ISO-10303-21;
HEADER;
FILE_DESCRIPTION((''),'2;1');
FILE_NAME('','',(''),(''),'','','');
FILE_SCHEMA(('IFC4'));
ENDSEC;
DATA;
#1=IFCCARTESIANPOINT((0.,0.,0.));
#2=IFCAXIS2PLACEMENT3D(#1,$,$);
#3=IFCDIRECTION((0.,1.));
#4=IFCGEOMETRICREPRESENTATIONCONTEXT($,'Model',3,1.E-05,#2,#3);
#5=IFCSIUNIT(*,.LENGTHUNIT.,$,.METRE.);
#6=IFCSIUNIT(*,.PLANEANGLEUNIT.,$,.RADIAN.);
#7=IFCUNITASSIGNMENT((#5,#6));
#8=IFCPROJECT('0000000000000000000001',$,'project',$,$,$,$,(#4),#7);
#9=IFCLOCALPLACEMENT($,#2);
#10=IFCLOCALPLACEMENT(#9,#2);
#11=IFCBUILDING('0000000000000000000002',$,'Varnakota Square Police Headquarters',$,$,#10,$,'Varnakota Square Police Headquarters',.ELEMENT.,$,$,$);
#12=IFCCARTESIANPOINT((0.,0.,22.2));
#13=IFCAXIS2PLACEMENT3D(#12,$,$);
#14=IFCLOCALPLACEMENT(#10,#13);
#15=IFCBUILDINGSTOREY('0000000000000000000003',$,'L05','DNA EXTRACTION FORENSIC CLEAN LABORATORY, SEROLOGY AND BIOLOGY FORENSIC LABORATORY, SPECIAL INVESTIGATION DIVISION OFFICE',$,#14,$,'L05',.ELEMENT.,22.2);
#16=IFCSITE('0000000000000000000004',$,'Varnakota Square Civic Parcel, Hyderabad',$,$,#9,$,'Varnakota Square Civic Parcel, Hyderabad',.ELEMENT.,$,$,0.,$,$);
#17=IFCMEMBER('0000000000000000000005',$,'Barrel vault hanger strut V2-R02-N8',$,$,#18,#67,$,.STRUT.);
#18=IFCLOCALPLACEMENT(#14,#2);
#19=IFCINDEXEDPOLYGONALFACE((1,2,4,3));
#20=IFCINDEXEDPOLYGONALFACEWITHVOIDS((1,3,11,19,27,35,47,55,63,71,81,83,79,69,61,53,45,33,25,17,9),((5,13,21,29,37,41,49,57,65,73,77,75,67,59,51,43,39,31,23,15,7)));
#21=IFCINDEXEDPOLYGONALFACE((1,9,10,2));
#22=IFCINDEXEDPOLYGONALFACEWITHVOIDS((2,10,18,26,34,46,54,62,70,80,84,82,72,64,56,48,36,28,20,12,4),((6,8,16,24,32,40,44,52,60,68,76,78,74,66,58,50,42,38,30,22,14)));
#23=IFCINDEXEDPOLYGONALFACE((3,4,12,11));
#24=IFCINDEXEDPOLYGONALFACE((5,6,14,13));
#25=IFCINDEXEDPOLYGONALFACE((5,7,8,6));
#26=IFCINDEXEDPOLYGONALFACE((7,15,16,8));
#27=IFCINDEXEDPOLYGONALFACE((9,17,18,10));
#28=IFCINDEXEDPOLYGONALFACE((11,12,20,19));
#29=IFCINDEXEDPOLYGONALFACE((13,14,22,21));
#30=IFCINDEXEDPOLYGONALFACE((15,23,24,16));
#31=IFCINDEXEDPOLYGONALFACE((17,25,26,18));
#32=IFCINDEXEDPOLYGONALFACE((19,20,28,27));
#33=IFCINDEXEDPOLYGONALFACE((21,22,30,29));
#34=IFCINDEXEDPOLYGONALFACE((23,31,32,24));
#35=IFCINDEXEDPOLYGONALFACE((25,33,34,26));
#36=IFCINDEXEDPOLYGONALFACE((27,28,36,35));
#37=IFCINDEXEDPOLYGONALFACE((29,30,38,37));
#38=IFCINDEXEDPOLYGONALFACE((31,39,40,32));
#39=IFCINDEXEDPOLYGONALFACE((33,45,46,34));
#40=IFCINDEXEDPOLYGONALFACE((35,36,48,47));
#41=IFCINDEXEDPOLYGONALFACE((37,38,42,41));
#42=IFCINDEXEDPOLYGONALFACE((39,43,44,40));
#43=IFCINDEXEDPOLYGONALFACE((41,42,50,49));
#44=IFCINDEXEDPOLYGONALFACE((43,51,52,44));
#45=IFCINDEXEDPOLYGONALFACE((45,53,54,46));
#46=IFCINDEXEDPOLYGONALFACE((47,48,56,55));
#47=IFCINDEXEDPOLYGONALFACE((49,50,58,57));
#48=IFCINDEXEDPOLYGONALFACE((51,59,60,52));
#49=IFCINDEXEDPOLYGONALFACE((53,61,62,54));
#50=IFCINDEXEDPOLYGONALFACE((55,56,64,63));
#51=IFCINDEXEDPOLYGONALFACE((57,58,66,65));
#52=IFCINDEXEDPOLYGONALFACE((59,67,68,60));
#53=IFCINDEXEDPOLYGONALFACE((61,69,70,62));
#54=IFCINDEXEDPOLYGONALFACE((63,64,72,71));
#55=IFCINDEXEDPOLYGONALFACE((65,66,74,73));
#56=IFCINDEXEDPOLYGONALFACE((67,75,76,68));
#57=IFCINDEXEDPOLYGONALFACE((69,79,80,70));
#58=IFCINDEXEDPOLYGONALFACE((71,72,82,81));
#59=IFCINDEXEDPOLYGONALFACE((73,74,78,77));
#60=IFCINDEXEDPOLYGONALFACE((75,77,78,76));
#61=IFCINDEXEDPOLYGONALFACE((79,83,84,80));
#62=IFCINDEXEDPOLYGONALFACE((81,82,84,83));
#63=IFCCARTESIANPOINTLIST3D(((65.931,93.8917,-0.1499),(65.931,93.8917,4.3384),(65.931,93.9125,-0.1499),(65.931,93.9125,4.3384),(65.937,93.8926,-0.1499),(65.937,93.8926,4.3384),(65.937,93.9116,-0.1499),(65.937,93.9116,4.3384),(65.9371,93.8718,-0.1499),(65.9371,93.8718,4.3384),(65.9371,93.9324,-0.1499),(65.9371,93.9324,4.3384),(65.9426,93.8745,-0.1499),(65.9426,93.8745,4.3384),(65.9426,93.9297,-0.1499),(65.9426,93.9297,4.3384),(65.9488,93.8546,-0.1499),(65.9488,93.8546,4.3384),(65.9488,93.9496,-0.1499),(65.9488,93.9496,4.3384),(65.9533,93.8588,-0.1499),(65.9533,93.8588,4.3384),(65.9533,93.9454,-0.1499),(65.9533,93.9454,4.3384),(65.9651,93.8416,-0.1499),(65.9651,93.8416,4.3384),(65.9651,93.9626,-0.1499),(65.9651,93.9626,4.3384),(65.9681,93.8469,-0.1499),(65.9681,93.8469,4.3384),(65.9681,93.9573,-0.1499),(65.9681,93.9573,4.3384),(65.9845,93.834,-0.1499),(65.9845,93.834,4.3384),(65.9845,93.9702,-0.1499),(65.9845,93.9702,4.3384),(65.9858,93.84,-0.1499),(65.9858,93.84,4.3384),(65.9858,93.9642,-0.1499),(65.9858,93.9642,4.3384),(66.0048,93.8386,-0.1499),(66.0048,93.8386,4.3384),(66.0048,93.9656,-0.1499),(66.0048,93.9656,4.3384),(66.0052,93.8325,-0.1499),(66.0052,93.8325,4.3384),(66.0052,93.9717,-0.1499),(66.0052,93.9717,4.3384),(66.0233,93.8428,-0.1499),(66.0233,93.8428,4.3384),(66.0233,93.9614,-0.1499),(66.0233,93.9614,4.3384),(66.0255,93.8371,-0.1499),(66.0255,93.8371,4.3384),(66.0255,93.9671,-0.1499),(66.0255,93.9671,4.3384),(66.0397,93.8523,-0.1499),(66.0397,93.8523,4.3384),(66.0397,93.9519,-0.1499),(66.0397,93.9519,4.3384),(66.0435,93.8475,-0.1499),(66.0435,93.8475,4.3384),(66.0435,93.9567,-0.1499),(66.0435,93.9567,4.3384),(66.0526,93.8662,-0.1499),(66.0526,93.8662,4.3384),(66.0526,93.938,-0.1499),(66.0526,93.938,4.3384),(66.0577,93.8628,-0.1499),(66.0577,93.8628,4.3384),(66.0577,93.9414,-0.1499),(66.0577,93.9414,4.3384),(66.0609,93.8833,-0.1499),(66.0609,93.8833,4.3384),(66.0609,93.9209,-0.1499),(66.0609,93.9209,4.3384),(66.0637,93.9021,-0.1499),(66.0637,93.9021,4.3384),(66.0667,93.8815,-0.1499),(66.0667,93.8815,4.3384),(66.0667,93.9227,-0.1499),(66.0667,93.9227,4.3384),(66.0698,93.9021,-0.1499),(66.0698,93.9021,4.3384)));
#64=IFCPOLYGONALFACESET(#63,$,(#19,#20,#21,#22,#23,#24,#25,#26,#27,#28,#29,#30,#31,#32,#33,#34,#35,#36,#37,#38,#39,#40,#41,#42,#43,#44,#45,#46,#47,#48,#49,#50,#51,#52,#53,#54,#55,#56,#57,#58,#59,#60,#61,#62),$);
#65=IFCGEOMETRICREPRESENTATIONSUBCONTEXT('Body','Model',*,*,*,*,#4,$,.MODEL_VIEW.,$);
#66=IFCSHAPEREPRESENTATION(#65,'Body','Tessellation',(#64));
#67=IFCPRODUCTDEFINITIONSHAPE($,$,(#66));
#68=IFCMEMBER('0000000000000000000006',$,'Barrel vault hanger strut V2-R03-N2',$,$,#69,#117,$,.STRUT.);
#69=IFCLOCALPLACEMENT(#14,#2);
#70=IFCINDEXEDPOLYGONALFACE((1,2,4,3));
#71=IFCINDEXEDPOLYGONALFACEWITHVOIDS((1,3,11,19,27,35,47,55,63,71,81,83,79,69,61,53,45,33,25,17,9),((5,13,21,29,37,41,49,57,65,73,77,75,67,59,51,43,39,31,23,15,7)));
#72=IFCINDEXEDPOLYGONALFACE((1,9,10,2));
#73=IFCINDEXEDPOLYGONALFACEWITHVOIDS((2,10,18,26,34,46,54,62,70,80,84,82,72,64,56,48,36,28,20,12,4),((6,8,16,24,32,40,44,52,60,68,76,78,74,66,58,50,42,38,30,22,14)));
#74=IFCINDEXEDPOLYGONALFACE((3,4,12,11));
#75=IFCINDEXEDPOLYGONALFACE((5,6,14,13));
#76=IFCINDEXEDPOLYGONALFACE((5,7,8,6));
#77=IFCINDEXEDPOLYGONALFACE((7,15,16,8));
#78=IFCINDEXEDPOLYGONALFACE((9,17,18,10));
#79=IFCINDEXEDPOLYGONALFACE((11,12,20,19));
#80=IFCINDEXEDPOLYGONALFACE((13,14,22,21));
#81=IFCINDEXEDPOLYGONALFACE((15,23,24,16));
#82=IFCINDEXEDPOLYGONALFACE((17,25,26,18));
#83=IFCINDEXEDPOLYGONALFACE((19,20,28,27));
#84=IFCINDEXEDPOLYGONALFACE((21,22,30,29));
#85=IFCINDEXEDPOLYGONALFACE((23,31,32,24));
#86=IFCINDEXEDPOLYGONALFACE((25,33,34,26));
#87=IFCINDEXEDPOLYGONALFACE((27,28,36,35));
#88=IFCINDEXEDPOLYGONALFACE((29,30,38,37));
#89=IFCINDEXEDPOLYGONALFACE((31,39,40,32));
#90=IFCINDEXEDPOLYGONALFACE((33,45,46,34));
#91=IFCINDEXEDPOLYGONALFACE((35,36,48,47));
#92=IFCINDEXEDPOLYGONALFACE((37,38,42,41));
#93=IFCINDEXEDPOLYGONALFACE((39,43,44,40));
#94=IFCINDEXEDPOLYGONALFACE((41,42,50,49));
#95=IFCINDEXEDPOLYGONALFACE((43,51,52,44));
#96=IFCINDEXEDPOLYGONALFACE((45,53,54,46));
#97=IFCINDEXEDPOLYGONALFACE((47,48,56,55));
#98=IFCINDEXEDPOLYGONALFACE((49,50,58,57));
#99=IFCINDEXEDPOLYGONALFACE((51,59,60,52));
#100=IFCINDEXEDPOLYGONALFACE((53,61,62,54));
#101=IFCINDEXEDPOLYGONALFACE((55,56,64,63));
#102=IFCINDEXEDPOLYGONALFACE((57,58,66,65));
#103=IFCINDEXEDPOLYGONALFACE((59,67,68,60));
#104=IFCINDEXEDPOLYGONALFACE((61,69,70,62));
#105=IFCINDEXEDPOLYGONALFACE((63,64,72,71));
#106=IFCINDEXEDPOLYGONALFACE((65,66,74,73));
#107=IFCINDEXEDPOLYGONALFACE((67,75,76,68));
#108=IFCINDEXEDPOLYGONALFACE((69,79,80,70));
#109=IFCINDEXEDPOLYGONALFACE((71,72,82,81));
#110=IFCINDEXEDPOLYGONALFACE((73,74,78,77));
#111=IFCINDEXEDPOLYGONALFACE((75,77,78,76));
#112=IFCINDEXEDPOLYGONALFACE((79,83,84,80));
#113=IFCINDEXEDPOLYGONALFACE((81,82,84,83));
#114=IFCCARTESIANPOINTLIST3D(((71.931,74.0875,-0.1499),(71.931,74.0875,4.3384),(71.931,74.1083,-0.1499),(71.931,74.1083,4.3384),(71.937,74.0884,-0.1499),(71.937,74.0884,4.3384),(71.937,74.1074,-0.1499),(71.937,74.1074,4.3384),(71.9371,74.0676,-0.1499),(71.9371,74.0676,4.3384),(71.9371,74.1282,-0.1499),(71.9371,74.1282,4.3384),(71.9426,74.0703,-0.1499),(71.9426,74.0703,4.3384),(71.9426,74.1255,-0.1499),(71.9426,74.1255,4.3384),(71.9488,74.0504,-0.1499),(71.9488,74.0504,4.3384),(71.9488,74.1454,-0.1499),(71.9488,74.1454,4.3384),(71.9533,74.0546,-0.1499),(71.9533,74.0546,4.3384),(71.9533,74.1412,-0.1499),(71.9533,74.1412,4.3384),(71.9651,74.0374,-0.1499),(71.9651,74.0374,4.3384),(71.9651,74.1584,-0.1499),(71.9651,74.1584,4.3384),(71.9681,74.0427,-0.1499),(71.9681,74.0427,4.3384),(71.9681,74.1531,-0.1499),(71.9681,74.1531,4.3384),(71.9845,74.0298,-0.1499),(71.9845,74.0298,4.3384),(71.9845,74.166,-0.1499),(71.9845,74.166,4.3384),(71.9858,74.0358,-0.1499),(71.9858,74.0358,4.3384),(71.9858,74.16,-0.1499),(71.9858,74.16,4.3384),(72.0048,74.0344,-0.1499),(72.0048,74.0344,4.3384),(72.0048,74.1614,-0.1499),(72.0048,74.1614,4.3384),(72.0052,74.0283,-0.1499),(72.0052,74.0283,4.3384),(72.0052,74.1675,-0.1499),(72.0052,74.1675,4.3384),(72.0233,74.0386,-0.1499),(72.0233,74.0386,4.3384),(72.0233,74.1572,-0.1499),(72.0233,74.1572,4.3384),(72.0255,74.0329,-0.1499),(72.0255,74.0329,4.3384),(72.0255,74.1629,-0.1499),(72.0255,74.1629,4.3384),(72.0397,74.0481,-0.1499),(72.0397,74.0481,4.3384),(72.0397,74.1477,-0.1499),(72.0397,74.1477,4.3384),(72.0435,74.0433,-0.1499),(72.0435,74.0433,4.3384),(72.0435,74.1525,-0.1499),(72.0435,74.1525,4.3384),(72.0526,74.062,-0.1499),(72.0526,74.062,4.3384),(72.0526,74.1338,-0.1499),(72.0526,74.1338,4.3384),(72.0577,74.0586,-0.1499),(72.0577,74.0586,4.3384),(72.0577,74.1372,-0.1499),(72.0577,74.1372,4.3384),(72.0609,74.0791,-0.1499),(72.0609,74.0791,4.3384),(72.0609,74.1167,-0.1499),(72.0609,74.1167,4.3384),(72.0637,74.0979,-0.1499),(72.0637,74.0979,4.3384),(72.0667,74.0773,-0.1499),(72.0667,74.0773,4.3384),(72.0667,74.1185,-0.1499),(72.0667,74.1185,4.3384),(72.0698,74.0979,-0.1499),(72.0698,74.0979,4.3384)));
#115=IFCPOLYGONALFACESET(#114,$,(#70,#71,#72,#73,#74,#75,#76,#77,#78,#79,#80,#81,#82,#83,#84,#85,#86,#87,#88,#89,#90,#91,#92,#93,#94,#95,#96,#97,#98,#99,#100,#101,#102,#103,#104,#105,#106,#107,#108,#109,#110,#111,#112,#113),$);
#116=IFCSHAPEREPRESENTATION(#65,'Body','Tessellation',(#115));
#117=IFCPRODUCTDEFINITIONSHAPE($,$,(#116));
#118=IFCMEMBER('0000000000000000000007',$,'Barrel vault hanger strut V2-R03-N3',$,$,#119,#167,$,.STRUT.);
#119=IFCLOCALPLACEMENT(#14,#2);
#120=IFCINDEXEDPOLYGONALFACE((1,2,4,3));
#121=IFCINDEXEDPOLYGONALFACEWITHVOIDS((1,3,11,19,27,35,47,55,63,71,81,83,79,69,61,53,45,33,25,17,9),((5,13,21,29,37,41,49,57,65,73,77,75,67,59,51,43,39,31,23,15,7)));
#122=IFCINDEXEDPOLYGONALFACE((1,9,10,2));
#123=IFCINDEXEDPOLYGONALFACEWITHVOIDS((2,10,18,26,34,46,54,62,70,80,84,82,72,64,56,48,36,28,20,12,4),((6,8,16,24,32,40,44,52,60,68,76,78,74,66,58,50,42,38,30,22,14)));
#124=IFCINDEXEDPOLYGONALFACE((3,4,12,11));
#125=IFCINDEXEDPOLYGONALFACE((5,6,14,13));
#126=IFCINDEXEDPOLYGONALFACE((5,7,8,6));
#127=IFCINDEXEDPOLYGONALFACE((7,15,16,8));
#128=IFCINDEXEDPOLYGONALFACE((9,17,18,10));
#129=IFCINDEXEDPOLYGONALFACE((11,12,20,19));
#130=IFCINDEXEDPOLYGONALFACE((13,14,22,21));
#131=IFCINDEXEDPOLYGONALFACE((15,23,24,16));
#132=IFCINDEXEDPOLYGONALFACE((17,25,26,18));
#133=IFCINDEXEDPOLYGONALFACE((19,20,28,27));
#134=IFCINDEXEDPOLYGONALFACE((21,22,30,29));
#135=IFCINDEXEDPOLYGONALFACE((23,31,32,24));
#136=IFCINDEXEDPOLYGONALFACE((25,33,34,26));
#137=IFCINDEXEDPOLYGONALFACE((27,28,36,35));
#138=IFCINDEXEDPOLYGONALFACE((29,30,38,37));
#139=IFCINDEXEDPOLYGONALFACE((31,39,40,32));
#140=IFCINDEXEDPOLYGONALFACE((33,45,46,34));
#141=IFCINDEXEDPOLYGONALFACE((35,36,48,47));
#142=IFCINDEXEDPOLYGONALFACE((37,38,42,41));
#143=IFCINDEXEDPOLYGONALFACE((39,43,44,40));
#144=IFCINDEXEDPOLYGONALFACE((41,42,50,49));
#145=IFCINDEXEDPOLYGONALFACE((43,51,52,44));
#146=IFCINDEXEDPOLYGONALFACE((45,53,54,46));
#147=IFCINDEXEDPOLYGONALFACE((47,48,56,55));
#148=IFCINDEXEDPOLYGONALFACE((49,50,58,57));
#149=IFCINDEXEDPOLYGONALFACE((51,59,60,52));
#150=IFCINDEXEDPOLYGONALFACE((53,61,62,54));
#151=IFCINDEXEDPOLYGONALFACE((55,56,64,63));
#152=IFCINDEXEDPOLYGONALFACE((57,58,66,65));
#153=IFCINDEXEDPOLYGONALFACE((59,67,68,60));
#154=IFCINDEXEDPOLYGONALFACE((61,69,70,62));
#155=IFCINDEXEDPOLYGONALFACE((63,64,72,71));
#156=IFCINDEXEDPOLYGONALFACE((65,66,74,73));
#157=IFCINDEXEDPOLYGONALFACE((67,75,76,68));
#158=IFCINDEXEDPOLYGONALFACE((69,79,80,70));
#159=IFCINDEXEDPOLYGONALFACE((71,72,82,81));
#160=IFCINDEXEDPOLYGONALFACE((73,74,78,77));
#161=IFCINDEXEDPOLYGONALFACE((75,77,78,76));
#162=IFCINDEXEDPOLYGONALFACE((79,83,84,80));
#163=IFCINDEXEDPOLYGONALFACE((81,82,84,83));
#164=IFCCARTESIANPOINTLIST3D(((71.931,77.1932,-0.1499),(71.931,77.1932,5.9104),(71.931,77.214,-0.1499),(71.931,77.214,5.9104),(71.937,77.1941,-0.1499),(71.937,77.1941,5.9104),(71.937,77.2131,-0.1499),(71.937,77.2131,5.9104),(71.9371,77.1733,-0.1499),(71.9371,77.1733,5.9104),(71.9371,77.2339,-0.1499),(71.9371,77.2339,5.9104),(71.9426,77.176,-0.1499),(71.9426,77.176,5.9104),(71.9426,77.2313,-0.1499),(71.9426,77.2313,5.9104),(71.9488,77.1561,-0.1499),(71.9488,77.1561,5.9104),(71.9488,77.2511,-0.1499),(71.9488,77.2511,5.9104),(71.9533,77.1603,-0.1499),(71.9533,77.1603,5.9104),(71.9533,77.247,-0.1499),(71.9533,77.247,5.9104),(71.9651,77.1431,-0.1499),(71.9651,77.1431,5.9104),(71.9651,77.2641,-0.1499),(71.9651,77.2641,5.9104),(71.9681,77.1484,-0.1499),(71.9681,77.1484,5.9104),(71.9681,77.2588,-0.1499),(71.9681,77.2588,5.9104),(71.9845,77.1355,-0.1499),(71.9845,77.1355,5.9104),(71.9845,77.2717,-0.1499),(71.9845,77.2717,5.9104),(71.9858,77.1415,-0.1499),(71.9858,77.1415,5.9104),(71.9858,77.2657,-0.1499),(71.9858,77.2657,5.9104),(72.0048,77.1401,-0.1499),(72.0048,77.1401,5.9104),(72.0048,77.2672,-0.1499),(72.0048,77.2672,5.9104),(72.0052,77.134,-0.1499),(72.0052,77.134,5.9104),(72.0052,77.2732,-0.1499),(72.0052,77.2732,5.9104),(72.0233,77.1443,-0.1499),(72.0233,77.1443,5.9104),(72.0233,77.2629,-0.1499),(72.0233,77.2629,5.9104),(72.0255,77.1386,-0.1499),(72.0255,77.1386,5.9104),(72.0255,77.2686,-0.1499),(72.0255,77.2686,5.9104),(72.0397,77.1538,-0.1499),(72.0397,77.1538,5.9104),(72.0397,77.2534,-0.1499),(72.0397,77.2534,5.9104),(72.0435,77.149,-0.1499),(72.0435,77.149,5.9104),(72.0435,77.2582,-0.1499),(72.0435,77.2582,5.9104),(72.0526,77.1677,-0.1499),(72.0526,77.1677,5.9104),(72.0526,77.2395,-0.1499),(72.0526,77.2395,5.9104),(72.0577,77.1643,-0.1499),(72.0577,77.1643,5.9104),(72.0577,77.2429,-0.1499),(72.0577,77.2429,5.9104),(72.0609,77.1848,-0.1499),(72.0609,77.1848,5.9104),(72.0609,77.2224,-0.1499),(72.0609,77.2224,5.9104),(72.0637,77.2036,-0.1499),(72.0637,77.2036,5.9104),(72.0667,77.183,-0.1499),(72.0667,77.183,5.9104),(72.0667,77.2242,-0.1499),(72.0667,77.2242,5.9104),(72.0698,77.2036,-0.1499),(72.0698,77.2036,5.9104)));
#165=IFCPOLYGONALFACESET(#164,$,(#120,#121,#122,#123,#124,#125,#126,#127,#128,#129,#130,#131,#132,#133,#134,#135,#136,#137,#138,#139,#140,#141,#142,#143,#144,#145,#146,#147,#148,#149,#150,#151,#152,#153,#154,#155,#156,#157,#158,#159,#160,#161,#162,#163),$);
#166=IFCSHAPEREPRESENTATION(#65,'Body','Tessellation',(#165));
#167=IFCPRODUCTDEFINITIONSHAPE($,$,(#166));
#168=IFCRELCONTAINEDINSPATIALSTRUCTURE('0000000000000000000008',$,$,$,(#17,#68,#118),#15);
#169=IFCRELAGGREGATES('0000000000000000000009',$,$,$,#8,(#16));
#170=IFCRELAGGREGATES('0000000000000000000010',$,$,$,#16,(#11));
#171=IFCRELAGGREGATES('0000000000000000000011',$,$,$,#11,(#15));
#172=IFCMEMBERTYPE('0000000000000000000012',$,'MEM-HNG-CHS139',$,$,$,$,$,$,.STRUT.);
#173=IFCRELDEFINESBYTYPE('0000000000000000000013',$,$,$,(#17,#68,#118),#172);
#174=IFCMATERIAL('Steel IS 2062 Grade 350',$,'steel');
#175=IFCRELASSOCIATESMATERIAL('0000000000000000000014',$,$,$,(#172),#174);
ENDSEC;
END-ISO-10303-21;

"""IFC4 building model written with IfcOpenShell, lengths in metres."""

from ifc_helpers import new_model, si_unit, direction, frame, origin, origin_2d, place, context, subcontext, project, spatial, hollow_circle, extrude, material, material_profile, profile_set, type_object, element, save


model = new_model("IFC4")

# Units and contexts
model_context = context("Model", 3, precision=1e-05, world=origin(), true_north=direction((0.0, 1.0)))
body_context = subcontext(model_context, "Body", "Model", "MODEL_VIEW")
ifc_project = project(units=[si_unit("LENGTHUNIT", "METRE"), si_unit("PLANEANGLEUNIT", "RADIAN")], contexts=[model_context])

# Site, building, storey
site_placement = place(None, origin())
site = spatial("IfcSite", under=ifc_project, at=site_placement, Name="Varnakota Square Civic Parcel, Hyderabad", LongName="Varnakota Square Civic Parcel, Hyderabad", CompositionType="ELEMENT", RefElevation=0.0)
building_placement = place(site_placement, origin())
building = spatial("IfcBuilding", under=site, at=building_placement, Name="Varnakota Square Police Headquarters", LongName="Varnakota Square Police Headquarters", CompositionType="ELEMENT")
storey_placement = place(building_placement, frame((0.0, 0.0, 22.2)))
storey = spatial("IfcBuildingStorey", under=building, at=storey_placement, Name="L05", Description="DNA EXTRACTION FORENSIC CLEAN LABORATORY, SEROLOGY AND BIOLOGY FORENSIC LABORATORY, SPECIAL INVESTIGATION DIVISION OFFICE", LongName="L05", CompositionType="ELEMENT", Elevation=22.2)

# Shared definitions
ifc_material_1 = material(Name="Steel IS 2062 Grade 350", Category="steel")

# Members
ifc_material_profile_1 = material_profile(ifc_material_1, hollow_circle(Radius=0.0698, WallThickness=0.0061, at=origin_2d()), Name="CHS 139.7x6.0")
ifc_profile_set_1 = profile_set([ifc_material_profile_1], Name="Steel IS 2062 Grade 350")
member_type = type_object("IfcMemberType", Name="MEM-HNG-CHS139", PredefinedType="STRUT", material=ifc_profile_set_1)
for number, where, z_axis, x_axis, name in (
    (1, (66.0, 93.9021, -0.1499), (0.0, 0.0, 1.0), (1.0, 0.0, 0.0), "Barrel vault hanger strut V2-R02-N8"),
    (2, (72.0, 74.0979, -0.1499), (0.0, 0.0, 1.0), (1.0, 0.0, 0.0), "Barrel vault hanger strut V2-R03-N2"),
):
    element("IfcMember", number, at=place(storey_placement, frame(where, z_axis=z_axis, x_axis=x_axis)), inside=storey, type_object=member_type, Name=name, PredefinedType="STRUT", context=body_context, shape_type="SweptSolid", body=[
        extrude(hollow_circle(Radius=0.0698, WallThickness=0.0061, at=origin_2d()), origin(), (0.0, 0.0, 1.0), 4.4883),
    ])
member_1_placement = place(storey_placement, frame((72.0, 77.2036, -0.1499), z_axis=(0.0, 0.0, 1.0), x_axis=(1.0, 0.0, 0.0)))
element("IfcMember", 3, at=member_1_placement, inside=storey, type_object=member_type, Name="Barrel vault hanger strut V2-R03-N3", PredefinedType="STRUT", context=body_context, shape_type="SweptSolid", body=[
    extrude(hollow_circle(Radius=0.0698, WallThickness=0.0061, at=origin_2d()), origin(), (0.0, 0.0, 1.0), 6.0603),
])

save(model, "model.ifc")
